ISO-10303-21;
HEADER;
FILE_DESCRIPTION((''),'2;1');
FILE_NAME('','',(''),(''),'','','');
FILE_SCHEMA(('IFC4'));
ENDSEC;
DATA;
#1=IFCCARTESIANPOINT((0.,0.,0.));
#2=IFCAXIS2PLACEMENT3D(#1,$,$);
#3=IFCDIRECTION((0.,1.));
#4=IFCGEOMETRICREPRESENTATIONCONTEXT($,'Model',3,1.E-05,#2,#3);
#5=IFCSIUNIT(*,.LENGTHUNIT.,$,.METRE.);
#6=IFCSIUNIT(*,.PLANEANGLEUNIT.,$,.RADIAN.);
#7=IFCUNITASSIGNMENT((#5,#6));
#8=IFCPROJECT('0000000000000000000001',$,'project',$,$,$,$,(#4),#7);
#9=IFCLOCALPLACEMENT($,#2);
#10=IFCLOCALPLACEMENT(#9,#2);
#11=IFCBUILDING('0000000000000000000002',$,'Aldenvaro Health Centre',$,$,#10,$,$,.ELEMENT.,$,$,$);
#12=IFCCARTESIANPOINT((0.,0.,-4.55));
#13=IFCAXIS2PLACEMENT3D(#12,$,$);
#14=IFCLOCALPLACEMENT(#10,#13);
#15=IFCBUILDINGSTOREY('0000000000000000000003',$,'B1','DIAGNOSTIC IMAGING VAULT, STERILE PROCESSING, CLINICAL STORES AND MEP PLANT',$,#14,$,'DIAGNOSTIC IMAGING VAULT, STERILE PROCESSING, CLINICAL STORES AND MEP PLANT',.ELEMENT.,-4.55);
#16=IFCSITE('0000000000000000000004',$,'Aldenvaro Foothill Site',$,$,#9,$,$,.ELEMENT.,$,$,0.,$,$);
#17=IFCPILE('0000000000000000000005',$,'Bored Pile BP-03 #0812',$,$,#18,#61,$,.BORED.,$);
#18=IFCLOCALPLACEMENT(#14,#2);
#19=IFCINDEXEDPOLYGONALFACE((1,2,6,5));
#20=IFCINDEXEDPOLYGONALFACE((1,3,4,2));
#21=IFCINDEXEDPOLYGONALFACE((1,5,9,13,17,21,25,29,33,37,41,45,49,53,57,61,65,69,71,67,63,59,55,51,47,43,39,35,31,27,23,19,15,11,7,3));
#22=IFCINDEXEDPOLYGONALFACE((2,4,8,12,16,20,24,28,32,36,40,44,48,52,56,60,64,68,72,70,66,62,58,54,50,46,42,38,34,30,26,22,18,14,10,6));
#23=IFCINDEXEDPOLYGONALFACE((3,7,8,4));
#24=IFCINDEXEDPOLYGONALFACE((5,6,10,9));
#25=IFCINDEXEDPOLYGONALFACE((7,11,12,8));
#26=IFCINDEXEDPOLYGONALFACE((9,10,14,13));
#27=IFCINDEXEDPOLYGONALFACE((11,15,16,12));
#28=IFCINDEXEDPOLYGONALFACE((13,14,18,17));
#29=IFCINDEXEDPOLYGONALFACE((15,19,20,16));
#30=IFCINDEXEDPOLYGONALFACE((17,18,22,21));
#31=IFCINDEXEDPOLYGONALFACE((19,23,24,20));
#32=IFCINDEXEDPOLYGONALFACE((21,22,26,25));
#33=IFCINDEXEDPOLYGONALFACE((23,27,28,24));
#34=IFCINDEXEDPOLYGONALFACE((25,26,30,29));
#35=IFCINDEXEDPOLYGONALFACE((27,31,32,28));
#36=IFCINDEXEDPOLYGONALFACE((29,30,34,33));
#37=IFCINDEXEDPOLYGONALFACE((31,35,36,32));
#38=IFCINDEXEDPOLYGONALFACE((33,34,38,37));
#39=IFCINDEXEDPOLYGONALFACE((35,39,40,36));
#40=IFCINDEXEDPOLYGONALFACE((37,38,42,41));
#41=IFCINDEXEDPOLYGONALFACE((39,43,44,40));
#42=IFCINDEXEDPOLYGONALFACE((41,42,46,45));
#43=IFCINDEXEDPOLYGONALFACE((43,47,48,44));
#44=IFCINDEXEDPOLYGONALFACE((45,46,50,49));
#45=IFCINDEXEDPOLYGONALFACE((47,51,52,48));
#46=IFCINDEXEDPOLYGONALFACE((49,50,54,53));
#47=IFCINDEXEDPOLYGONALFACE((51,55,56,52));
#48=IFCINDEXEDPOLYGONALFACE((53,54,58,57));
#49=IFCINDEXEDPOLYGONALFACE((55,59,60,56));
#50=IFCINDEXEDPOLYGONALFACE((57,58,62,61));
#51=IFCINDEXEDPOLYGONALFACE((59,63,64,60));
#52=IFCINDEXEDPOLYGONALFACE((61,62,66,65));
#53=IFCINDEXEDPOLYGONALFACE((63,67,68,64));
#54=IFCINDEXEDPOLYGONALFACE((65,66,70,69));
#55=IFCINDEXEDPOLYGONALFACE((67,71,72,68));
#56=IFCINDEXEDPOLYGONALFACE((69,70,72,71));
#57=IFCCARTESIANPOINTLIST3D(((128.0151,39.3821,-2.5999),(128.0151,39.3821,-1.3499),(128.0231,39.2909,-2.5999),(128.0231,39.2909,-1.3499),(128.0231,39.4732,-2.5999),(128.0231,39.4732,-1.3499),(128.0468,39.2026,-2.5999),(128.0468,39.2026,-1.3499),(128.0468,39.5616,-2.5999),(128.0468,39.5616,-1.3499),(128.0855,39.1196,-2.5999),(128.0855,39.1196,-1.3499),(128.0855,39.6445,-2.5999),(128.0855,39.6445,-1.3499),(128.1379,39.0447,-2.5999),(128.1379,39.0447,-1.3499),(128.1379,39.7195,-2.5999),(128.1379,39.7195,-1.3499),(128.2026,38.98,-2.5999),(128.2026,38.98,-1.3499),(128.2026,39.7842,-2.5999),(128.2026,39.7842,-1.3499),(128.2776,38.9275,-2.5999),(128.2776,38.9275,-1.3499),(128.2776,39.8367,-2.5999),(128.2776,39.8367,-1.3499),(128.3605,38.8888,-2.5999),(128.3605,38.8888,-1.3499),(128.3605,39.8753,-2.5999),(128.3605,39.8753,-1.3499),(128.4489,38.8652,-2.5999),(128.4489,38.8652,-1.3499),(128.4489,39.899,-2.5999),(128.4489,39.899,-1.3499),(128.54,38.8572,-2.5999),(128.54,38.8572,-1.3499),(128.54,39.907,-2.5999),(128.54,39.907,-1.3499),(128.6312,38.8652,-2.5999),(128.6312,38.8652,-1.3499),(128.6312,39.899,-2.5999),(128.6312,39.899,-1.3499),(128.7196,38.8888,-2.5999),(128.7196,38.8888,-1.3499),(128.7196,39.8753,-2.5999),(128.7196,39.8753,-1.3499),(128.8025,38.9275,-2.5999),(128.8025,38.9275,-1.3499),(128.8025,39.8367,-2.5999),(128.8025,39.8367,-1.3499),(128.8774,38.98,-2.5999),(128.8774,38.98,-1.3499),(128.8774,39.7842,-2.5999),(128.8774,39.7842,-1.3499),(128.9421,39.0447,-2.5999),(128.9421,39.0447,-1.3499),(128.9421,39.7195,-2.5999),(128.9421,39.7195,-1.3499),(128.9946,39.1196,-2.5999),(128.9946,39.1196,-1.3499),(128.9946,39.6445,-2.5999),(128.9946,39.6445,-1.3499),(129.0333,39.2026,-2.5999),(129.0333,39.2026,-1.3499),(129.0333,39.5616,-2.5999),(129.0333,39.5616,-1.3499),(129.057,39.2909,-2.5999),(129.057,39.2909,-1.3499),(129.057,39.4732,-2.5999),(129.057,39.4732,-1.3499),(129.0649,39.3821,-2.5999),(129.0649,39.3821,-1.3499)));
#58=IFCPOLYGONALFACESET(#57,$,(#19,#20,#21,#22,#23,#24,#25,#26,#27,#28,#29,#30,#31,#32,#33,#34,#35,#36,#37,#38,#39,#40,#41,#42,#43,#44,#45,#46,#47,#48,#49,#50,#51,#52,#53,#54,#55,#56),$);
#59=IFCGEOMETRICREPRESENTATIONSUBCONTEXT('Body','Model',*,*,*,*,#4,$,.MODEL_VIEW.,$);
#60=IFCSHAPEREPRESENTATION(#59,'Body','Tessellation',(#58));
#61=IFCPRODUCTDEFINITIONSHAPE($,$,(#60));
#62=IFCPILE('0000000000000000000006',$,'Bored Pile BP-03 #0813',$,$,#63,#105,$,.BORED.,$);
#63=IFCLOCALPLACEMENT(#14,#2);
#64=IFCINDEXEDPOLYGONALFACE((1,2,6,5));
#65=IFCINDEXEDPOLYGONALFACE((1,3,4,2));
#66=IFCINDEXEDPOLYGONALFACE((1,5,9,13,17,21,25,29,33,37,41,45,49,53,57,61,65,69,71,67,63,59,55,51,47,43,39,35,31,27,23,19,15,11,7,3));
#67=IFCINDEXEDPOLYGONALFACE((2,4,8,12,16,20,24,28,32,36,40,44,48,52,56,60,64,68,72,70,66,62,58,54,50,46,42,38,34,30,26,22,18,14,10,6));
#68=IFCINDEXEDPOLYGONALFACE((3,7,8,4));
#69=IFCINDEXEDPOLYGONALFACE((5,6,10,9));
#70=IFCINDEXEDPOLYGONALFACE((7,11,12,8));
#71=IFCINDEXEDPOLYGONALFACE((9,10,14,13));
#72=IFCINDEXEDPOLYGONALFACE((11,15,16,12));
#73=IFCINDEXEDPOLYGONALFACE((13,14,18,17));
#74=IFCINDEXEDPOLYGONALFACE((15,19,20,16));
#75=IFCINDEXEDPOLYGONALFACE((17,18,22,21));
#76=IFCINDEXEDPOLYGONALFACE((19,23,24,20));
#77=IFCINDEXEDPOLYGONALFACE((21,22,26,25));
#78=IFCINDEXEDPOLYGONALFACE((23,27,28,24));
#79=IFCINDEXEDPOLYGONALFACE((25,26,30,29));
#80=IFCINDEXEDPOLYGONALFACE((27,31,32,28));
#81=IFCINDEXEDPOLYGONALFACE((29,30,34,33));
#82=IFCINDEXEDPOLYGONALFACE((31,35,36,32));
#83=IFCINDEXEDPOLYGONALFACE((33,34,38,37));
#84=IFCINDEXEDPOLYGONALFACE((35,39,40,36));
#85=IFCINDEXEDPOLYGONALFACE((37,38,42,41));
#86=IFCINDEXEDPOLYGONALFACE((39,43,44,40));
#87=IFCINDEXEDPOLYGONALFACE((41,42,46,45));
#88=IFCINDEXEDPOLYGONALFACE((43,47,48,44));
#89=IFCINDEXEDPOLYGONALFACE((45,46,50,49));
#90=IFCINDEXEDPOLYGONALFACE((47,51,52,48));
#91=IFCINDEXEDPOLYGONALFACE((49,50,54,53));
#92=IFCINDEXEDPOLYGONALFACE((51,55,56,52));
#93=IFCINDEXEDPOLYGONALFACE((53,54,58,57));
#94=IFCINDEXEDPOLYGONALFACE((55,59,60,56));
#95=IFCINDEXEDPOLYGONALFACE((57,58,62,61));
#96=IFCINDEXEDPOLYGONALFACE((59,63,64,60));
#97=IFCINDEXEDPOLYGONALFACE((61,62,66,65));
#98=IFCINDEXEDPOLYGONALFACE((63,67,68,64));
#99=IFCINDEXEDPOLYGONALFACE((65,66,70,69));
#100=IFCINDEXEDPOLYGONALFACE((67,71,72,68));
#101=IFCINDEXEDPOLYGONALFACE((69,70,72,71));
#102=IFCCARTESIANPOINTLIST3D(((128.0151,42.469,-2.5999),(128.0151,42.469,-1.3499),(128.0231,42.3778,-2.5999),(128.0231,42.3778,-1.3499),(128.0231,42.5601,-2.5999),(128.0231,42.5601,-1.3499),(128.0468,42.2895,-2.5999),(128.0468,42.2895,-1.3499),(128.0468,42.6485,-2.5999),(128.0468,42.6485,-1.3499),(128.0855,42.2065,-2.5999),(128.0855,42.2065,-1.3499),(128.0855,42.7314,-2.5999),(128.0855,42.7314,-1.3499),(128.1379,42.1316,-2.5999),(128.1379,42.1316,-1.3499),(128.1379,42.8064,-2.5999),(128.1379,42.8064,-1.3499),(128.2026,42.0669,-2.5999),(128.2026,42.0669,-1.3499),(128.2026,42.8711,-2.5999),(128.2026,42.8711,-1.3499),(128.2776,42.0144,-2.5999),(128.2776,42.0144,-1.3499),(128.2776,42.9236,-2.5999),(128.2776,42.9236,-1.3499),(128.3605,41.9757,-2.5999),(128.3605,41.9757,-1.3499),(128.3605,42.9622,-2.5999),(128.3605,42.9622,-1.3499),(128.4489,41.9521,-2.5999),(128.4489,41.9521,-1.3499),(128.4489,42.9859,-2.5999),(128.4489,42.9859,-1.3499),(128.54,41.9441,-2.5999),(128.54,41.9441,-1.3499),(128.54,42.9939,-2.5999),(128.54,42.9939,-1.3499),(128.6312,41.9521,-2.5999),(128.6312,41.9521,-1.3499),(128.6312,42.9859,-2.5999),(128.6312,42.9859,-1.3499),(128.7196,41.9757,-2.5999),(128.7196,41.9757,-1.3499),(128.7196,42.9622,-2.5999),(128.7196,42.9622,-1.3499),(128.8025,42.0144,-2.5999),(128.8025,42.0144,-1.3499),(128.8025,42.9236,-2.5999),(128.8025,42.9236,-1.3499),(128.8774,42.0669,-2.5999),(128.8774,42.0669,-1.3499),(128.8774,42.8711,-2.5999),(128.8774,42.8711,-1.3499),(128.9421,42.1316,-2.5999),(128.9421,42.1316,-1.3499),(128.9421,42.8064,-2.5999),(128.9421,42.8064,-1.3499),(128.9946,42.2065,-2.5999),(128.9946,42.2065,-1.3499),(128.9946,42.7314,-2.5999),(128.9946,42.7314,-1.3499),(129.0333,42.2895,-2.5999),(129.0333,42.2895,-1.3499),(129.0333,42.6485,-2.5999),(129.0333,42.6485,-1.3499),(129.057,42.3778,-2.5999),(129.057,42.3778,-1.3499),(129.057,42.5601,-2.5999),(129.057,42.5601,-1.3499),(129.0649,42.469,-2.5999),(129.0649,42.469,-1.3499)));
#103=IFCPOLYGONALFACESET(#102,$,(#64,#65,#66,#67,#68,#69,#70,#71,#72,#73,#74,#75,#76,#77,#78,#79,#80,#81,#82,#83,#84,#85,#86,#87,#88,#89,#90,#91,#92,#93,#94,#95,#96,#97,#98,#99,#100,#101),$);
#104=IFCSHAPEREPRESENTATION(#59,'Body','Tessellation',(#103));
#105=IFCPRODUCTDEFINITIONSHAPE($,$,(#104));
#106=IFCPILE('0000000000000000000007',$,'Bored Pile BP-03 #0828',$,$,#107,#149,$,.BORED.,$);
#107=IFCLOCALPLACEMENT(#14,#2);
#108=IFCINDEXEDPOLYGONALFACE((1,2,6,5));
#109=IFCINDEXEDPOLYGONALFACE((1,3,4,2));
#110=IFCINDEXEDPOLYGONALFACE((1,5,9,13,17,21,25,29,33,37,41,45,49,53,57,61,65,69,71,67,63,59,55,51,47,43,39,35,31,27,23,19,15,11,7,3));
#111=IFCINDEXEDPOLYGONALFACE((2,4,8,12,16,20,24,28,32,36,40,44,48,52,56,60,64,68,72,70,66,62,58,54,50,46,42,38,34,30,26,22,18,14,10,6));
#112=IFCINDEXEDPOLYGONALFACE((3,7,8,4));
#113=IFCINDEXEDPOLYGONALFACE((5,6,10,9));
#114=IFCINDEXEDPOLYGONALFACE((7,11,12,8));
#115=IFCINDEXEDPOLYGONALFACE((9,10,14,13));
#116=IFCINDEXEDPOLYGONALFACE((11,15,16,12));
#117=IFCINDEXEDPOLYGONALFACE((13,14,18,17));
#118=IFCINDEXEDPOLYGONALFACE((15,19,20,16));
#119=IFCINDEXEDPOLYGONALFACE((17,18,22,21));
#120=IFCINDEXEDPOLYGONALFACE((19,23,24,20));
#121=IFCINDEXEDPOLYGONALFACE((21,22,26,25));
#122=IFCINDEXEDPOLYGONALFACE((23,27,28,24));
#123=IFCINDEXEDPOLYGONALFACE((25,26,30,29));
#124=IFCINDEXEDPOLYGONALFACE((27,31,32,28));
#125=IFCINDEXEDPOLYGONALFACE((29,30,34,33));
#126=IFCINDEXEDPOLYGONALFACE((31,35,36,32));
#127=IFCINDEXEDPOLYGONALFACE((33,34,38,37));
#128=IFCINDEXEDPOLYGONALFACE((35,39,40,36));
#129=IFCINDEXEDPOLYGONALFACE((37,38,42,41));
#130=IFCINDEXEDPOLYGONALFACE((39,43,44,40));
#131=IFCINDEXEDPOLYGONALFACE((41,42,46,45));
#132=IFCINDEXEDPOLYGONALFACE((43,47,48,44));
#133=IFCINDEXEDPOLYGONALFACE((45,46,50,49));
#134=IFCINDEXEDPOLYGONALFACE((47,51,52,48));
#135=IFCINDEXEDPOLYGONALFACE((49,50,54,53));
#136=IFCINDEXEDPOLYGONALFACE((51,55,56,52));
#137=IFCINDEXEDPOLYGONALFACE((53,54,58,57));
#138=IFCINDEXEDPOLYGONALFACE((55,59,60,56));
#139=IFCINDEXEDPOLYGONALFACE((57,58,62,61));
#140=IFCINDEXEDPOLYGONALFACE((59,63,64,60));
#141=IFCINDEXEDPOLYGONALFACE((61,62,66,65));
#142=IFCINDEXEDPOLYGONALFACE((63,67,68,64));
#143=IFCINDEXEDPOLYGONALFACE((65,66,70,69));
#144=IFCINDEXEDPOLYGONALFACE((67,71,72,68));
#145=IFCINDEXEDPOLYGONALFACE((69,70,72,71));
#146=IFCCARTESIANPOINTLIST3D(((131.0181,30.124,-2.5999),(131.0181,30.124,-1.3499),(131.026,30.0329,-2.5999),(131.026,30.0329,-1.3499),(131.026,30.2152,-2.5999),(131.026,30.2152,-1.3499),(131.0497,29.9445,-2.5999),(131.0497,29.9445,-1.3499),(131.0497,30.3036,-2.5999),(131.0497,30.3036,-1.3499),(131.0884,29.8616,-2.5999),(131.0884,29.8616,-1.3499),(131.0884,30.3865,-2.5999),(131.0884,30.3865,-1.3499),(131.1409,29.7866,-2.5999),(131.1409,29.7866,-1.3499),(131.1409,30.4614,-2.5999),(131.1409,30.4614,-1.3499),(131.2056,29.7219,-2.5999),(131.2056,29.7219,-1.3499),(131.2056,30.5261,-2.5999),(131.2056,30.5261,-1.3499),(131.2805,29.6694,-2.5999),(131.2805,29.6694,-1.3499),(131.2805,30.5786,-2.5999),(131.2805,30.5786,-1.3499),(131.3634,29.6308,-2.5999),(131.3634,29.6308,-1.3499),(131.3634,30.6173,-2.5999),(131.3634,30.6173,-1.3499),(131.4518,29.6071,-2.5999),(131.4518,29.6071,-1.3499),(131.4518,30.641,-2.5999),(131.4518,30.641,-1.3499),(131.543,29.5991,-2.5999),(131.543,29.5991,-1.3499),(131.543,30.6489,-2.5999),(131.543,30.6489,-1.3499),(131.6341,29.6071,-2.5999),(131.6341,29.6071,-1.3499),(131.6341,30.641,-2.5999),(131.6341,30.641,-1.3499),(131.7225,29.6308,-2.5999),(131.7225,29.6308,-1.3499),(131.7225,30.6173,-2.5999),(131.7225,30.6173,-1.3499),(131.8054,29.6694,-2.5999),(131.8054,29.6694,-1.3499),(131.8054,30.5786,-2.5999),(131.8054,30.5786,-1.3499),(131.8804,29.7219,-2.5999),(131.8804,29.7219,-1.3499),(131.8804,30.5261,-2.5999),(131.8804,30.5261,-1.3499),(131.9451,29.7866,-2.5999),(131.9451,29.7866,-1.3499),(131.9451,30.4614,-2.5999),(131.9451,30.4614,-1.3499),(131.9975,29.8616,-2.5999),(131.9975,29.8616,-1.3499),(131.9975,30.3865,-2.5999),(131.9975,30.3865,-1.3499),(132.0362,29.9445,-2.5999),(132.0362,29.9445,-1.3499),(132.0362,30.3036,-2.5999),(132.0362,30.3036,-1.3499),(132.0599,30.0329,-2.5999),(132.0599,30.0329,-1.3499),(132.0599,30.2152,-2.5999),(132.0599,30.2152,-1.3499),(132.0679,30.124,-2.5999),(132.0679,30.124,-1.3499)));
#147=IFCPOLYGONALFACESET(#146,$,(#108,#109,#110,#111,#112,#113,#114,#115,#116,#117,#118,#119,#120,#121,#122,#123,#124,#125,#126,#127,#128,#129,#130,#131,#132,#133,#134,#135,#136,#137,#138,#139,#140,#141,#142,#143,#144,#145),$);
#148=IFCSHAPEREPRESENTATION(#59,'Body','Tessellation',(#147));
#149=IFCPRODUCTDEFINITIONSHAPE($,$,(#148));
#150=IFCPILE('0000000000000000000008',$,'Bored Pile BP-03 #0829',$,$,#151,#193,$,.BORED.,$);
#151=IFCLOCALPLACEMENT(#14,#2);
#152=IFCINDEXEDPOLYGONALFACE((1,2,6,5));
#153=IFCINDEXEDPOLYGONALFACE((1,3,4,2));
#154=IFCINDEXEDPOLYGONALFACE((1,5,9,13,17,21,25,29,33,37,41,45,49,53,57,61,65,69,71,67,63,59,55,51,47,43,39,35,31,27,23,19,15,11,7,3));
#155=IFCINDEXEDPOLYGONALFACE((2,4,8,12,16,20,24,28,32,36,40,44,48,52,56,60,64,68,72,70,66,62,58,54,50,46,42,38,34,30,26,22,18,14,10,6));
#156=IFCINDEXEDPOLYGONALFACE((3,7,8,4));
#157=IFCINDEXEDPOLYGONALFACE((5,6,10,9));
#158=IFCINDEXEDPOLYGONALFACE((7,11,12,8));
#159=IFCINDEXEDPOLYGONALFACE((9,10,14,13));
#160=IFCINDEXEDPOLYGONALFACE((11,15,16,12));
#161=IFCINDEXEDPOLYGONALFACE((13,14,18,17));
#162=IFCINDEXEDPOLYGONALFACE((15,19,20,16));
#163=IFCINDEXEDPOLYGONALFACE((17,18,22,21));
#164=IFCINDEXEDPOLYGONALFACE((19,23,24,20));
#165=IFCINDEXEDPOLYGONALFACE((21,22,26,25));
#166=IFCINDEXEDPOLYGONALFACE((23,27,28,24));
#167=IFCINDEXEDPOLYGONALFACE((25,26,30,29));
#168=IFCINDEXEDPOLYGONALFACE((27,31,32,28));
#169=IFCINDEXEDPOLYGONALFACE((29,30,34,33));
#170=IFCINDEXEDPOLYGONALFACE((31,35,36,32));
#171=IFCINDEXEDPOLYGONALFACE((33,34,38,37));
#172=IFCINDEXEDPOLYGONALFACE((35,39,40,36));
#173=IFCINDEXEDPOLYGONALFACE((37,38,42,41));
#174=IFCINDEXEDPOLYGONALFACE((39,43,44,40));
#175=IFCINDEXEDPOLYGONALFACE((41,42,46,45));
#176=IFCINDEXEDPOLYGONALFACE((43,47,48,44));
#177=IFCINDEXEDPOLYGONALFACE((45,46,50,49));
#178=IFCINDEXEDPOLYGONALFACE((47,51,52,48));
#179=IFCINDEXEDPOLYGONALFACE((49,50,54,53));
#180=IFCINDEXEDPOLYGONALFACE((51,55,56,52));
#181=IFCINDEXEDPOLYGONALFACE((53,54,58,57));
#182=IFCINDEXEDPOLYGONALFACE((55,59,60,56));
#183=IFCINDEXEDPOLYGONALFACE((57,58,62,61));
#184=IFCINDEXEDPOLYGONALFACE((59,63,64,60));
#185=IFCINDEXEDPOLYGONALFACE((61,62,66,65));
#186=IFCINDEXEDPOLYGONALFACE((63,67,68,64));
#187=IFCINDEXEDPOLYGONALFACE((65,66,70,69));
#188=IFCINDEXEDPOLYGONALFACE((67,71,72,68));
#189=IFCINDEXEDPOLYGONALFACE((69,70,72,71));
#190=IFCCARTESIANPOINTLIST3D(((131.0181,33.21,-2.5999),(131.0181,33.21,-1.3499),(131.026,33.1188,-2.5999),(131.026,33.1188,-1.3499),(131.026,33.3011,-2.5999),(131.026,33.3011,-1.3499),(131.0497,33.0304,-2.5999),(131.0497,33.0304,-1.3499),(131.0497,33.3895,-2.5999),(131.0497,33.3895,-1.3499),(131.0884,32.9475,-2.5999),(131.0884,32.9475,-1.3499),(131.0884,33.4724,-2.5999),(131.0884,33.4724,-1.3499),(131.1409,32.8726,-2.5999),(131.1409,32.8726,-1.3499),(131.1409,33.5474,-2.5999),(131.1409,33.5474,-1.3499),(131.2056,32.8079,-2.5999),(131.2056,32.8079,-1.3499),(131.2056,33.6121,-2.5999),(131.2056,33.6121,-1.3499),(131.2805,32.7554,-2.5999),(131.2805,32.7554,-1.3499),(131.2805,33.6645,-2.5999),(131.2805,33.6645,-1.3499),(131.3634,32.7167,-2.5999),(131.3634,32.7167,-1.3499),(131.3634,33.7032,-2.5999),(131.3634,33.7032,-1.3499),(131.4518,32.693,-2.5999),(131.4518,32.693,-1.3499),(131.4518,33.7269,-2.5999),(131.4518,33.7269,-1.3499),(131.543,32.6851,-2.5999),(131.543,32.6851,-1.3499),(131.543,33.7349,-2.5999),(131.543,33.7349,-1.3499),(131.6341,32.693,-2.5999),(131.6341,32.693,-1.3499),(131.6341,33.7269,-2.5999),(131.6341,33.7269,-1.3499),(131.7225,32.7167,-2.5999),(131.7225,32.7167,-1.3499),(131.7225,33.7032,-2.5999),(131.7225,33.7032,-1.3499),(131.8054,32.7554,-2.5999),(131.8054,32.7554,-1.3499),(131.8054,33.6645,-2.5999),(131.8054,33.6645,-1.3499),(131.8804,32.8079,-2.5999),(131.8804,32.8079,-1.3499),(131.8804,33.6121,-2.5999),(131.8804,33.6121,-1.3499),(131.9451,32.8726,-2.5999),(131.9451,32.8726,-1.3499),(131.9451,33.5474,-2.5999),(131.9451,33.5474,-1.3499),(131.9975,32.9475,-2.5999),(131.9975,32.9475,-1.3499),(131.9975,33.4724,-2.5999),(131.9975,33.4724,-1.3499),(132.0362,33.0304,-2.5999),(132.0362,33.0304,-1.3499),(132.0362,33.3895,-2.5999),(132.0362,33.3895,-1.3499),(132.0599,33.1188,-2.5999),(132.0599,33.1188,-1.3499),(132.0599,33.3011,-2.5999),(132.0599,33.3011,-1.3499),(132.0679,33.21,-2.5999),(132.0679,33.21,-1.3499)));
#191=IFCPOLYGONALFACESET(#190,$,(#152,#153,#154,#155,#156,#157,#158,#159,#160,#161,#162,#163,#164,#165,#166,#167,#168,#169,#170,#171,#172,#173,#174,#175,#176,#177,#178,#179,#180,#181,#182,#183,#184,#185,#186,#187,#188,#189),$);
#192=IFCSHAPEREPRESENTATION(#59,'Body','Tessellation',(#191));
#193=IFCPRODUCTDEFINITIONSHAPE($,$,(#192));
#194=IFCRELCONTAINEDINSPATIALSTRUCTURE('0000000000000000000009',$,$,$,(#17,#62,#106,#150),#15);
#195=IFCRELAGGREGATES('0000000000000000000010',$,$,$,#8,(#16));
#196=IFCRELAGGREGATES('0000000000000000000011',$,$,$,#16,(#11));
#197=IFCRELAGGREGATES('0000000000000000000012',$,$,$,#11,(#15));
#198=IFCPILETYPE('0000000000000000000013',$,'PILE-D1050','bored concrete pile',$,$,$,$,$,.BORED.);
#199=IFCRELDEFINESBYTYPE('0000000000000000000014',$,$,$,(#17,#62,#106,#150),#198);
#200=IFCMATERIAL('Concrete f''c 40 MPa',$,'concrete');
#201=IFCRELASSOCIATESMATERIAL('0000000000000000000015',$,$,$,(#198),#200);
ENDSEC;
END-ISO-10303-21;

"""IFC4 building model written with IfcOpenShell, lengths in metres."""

from ifc_helpers import new_model, si_unit, direction, frame, origin, origin_2d, place, context, subcontext, project, spatial, circle, extrude, material, material_profile, profile_set, type_object, element, save


model = new_model("IFC4")

# Units and contexts
model_context = context("Model", 3, precision=1e-05, world=origin(), true_north=direction((0.0, 1.0)))
body_context = subcontext(model_context, "Body", "Model", "MODEL_VIEW")
ifc_project = project(units=[si_unit("LENGTHUNIT", "METRE"), si_unit("PLANEANGLEUNIT", "RADIAN")], contexts=[model_context])

# Site, building, storey
site_placement = place(None, origin())
site = spatial("IfcSite", under=ifc_project, at=site_placement, Name="Aldenvaro Foothill Site", CompositionType="ELEMENT", RefElevation=0.0)
building_placement = place(site_placement, origin())
building = spatial("IfcBuilding", under=site, at=building_placement, Name="Aldenvaro Health Centre", CompositionType="ELEMENT")
storey_placement = place(building_placement, frame((0.0, 0.0, -4.55)))
storey = spatial("IfcBuildingStorey", under=building, at=storey_placement, Name="B1", Description="DIAGNOSTIC IMAGING VAULT, STERILE PROCESSING, CLINICAL STORES AND MEP PLANT", LongName="DIAGNOSTIC IMAGING VAULT, STERILE PROCESSING, CLINICAL STORES AND MEP PLANT", CompositionType="ELEMENT", Elevation=-4.55)

# Piles
ifc_material = material(Name="Concrete f'c 40 MPa", Category="concrete")
ifc_material_profile_1 = material_profile(ifc_material, circle(Radius=0.5249, at=origin_2d()), Name="PILE D1050", Category="concrete")
ifc_profile_set_1 = profile_set([ifc_material_profile_1], Name="Concrete f'c 40 MPa")
pile_type = type_object("IfcPileType", Name="PILE-D1050", Description="bored concrete pile", PredefinedType="BORED", material=ifc_profile_set_1)
for number, where, z_axis, x_axis, name in (
    (1, (128.54, 39.3821, -1.3499), (0.0, 0.0, -1.0), (1.0, 0.0, 0.0), "Bored Pile BP-03 #0812"),
    (2, (128.54, 42.469, -1.3499), (0.0, 0.0, -1.0), (1.0, 0.0, 0.0), "Bored Pile BP-03 #0813"),
    (3, (131.543, 30.124, -1.3499), (0.0, 0.0, -1.0), (1.0, 0.0, 0.0), "Bored Pile BP-03 #0828"),
    (4, (131.543, 33.21, -1.3499), (0.0, 0.0, -1.0), (1.0, 0.0, 0.0), "Bored Pile BP-03 #0829"),
):
    element("IfcPile", number, at=place(storey_placement, frame(where, z_axis=z_axis, x_axis=x_axis)), inside=storey, type_object=pile_type, Name=name, PredefinedType="BORED", context=body_context, shape_type="SweptSolid", body=[
        extrude(circle(Radius=0.5249, at=origin_2d()), origin(), (0.0, 0.0, 1.0), 1.25),
    ])

save(model, "model.ifc")
